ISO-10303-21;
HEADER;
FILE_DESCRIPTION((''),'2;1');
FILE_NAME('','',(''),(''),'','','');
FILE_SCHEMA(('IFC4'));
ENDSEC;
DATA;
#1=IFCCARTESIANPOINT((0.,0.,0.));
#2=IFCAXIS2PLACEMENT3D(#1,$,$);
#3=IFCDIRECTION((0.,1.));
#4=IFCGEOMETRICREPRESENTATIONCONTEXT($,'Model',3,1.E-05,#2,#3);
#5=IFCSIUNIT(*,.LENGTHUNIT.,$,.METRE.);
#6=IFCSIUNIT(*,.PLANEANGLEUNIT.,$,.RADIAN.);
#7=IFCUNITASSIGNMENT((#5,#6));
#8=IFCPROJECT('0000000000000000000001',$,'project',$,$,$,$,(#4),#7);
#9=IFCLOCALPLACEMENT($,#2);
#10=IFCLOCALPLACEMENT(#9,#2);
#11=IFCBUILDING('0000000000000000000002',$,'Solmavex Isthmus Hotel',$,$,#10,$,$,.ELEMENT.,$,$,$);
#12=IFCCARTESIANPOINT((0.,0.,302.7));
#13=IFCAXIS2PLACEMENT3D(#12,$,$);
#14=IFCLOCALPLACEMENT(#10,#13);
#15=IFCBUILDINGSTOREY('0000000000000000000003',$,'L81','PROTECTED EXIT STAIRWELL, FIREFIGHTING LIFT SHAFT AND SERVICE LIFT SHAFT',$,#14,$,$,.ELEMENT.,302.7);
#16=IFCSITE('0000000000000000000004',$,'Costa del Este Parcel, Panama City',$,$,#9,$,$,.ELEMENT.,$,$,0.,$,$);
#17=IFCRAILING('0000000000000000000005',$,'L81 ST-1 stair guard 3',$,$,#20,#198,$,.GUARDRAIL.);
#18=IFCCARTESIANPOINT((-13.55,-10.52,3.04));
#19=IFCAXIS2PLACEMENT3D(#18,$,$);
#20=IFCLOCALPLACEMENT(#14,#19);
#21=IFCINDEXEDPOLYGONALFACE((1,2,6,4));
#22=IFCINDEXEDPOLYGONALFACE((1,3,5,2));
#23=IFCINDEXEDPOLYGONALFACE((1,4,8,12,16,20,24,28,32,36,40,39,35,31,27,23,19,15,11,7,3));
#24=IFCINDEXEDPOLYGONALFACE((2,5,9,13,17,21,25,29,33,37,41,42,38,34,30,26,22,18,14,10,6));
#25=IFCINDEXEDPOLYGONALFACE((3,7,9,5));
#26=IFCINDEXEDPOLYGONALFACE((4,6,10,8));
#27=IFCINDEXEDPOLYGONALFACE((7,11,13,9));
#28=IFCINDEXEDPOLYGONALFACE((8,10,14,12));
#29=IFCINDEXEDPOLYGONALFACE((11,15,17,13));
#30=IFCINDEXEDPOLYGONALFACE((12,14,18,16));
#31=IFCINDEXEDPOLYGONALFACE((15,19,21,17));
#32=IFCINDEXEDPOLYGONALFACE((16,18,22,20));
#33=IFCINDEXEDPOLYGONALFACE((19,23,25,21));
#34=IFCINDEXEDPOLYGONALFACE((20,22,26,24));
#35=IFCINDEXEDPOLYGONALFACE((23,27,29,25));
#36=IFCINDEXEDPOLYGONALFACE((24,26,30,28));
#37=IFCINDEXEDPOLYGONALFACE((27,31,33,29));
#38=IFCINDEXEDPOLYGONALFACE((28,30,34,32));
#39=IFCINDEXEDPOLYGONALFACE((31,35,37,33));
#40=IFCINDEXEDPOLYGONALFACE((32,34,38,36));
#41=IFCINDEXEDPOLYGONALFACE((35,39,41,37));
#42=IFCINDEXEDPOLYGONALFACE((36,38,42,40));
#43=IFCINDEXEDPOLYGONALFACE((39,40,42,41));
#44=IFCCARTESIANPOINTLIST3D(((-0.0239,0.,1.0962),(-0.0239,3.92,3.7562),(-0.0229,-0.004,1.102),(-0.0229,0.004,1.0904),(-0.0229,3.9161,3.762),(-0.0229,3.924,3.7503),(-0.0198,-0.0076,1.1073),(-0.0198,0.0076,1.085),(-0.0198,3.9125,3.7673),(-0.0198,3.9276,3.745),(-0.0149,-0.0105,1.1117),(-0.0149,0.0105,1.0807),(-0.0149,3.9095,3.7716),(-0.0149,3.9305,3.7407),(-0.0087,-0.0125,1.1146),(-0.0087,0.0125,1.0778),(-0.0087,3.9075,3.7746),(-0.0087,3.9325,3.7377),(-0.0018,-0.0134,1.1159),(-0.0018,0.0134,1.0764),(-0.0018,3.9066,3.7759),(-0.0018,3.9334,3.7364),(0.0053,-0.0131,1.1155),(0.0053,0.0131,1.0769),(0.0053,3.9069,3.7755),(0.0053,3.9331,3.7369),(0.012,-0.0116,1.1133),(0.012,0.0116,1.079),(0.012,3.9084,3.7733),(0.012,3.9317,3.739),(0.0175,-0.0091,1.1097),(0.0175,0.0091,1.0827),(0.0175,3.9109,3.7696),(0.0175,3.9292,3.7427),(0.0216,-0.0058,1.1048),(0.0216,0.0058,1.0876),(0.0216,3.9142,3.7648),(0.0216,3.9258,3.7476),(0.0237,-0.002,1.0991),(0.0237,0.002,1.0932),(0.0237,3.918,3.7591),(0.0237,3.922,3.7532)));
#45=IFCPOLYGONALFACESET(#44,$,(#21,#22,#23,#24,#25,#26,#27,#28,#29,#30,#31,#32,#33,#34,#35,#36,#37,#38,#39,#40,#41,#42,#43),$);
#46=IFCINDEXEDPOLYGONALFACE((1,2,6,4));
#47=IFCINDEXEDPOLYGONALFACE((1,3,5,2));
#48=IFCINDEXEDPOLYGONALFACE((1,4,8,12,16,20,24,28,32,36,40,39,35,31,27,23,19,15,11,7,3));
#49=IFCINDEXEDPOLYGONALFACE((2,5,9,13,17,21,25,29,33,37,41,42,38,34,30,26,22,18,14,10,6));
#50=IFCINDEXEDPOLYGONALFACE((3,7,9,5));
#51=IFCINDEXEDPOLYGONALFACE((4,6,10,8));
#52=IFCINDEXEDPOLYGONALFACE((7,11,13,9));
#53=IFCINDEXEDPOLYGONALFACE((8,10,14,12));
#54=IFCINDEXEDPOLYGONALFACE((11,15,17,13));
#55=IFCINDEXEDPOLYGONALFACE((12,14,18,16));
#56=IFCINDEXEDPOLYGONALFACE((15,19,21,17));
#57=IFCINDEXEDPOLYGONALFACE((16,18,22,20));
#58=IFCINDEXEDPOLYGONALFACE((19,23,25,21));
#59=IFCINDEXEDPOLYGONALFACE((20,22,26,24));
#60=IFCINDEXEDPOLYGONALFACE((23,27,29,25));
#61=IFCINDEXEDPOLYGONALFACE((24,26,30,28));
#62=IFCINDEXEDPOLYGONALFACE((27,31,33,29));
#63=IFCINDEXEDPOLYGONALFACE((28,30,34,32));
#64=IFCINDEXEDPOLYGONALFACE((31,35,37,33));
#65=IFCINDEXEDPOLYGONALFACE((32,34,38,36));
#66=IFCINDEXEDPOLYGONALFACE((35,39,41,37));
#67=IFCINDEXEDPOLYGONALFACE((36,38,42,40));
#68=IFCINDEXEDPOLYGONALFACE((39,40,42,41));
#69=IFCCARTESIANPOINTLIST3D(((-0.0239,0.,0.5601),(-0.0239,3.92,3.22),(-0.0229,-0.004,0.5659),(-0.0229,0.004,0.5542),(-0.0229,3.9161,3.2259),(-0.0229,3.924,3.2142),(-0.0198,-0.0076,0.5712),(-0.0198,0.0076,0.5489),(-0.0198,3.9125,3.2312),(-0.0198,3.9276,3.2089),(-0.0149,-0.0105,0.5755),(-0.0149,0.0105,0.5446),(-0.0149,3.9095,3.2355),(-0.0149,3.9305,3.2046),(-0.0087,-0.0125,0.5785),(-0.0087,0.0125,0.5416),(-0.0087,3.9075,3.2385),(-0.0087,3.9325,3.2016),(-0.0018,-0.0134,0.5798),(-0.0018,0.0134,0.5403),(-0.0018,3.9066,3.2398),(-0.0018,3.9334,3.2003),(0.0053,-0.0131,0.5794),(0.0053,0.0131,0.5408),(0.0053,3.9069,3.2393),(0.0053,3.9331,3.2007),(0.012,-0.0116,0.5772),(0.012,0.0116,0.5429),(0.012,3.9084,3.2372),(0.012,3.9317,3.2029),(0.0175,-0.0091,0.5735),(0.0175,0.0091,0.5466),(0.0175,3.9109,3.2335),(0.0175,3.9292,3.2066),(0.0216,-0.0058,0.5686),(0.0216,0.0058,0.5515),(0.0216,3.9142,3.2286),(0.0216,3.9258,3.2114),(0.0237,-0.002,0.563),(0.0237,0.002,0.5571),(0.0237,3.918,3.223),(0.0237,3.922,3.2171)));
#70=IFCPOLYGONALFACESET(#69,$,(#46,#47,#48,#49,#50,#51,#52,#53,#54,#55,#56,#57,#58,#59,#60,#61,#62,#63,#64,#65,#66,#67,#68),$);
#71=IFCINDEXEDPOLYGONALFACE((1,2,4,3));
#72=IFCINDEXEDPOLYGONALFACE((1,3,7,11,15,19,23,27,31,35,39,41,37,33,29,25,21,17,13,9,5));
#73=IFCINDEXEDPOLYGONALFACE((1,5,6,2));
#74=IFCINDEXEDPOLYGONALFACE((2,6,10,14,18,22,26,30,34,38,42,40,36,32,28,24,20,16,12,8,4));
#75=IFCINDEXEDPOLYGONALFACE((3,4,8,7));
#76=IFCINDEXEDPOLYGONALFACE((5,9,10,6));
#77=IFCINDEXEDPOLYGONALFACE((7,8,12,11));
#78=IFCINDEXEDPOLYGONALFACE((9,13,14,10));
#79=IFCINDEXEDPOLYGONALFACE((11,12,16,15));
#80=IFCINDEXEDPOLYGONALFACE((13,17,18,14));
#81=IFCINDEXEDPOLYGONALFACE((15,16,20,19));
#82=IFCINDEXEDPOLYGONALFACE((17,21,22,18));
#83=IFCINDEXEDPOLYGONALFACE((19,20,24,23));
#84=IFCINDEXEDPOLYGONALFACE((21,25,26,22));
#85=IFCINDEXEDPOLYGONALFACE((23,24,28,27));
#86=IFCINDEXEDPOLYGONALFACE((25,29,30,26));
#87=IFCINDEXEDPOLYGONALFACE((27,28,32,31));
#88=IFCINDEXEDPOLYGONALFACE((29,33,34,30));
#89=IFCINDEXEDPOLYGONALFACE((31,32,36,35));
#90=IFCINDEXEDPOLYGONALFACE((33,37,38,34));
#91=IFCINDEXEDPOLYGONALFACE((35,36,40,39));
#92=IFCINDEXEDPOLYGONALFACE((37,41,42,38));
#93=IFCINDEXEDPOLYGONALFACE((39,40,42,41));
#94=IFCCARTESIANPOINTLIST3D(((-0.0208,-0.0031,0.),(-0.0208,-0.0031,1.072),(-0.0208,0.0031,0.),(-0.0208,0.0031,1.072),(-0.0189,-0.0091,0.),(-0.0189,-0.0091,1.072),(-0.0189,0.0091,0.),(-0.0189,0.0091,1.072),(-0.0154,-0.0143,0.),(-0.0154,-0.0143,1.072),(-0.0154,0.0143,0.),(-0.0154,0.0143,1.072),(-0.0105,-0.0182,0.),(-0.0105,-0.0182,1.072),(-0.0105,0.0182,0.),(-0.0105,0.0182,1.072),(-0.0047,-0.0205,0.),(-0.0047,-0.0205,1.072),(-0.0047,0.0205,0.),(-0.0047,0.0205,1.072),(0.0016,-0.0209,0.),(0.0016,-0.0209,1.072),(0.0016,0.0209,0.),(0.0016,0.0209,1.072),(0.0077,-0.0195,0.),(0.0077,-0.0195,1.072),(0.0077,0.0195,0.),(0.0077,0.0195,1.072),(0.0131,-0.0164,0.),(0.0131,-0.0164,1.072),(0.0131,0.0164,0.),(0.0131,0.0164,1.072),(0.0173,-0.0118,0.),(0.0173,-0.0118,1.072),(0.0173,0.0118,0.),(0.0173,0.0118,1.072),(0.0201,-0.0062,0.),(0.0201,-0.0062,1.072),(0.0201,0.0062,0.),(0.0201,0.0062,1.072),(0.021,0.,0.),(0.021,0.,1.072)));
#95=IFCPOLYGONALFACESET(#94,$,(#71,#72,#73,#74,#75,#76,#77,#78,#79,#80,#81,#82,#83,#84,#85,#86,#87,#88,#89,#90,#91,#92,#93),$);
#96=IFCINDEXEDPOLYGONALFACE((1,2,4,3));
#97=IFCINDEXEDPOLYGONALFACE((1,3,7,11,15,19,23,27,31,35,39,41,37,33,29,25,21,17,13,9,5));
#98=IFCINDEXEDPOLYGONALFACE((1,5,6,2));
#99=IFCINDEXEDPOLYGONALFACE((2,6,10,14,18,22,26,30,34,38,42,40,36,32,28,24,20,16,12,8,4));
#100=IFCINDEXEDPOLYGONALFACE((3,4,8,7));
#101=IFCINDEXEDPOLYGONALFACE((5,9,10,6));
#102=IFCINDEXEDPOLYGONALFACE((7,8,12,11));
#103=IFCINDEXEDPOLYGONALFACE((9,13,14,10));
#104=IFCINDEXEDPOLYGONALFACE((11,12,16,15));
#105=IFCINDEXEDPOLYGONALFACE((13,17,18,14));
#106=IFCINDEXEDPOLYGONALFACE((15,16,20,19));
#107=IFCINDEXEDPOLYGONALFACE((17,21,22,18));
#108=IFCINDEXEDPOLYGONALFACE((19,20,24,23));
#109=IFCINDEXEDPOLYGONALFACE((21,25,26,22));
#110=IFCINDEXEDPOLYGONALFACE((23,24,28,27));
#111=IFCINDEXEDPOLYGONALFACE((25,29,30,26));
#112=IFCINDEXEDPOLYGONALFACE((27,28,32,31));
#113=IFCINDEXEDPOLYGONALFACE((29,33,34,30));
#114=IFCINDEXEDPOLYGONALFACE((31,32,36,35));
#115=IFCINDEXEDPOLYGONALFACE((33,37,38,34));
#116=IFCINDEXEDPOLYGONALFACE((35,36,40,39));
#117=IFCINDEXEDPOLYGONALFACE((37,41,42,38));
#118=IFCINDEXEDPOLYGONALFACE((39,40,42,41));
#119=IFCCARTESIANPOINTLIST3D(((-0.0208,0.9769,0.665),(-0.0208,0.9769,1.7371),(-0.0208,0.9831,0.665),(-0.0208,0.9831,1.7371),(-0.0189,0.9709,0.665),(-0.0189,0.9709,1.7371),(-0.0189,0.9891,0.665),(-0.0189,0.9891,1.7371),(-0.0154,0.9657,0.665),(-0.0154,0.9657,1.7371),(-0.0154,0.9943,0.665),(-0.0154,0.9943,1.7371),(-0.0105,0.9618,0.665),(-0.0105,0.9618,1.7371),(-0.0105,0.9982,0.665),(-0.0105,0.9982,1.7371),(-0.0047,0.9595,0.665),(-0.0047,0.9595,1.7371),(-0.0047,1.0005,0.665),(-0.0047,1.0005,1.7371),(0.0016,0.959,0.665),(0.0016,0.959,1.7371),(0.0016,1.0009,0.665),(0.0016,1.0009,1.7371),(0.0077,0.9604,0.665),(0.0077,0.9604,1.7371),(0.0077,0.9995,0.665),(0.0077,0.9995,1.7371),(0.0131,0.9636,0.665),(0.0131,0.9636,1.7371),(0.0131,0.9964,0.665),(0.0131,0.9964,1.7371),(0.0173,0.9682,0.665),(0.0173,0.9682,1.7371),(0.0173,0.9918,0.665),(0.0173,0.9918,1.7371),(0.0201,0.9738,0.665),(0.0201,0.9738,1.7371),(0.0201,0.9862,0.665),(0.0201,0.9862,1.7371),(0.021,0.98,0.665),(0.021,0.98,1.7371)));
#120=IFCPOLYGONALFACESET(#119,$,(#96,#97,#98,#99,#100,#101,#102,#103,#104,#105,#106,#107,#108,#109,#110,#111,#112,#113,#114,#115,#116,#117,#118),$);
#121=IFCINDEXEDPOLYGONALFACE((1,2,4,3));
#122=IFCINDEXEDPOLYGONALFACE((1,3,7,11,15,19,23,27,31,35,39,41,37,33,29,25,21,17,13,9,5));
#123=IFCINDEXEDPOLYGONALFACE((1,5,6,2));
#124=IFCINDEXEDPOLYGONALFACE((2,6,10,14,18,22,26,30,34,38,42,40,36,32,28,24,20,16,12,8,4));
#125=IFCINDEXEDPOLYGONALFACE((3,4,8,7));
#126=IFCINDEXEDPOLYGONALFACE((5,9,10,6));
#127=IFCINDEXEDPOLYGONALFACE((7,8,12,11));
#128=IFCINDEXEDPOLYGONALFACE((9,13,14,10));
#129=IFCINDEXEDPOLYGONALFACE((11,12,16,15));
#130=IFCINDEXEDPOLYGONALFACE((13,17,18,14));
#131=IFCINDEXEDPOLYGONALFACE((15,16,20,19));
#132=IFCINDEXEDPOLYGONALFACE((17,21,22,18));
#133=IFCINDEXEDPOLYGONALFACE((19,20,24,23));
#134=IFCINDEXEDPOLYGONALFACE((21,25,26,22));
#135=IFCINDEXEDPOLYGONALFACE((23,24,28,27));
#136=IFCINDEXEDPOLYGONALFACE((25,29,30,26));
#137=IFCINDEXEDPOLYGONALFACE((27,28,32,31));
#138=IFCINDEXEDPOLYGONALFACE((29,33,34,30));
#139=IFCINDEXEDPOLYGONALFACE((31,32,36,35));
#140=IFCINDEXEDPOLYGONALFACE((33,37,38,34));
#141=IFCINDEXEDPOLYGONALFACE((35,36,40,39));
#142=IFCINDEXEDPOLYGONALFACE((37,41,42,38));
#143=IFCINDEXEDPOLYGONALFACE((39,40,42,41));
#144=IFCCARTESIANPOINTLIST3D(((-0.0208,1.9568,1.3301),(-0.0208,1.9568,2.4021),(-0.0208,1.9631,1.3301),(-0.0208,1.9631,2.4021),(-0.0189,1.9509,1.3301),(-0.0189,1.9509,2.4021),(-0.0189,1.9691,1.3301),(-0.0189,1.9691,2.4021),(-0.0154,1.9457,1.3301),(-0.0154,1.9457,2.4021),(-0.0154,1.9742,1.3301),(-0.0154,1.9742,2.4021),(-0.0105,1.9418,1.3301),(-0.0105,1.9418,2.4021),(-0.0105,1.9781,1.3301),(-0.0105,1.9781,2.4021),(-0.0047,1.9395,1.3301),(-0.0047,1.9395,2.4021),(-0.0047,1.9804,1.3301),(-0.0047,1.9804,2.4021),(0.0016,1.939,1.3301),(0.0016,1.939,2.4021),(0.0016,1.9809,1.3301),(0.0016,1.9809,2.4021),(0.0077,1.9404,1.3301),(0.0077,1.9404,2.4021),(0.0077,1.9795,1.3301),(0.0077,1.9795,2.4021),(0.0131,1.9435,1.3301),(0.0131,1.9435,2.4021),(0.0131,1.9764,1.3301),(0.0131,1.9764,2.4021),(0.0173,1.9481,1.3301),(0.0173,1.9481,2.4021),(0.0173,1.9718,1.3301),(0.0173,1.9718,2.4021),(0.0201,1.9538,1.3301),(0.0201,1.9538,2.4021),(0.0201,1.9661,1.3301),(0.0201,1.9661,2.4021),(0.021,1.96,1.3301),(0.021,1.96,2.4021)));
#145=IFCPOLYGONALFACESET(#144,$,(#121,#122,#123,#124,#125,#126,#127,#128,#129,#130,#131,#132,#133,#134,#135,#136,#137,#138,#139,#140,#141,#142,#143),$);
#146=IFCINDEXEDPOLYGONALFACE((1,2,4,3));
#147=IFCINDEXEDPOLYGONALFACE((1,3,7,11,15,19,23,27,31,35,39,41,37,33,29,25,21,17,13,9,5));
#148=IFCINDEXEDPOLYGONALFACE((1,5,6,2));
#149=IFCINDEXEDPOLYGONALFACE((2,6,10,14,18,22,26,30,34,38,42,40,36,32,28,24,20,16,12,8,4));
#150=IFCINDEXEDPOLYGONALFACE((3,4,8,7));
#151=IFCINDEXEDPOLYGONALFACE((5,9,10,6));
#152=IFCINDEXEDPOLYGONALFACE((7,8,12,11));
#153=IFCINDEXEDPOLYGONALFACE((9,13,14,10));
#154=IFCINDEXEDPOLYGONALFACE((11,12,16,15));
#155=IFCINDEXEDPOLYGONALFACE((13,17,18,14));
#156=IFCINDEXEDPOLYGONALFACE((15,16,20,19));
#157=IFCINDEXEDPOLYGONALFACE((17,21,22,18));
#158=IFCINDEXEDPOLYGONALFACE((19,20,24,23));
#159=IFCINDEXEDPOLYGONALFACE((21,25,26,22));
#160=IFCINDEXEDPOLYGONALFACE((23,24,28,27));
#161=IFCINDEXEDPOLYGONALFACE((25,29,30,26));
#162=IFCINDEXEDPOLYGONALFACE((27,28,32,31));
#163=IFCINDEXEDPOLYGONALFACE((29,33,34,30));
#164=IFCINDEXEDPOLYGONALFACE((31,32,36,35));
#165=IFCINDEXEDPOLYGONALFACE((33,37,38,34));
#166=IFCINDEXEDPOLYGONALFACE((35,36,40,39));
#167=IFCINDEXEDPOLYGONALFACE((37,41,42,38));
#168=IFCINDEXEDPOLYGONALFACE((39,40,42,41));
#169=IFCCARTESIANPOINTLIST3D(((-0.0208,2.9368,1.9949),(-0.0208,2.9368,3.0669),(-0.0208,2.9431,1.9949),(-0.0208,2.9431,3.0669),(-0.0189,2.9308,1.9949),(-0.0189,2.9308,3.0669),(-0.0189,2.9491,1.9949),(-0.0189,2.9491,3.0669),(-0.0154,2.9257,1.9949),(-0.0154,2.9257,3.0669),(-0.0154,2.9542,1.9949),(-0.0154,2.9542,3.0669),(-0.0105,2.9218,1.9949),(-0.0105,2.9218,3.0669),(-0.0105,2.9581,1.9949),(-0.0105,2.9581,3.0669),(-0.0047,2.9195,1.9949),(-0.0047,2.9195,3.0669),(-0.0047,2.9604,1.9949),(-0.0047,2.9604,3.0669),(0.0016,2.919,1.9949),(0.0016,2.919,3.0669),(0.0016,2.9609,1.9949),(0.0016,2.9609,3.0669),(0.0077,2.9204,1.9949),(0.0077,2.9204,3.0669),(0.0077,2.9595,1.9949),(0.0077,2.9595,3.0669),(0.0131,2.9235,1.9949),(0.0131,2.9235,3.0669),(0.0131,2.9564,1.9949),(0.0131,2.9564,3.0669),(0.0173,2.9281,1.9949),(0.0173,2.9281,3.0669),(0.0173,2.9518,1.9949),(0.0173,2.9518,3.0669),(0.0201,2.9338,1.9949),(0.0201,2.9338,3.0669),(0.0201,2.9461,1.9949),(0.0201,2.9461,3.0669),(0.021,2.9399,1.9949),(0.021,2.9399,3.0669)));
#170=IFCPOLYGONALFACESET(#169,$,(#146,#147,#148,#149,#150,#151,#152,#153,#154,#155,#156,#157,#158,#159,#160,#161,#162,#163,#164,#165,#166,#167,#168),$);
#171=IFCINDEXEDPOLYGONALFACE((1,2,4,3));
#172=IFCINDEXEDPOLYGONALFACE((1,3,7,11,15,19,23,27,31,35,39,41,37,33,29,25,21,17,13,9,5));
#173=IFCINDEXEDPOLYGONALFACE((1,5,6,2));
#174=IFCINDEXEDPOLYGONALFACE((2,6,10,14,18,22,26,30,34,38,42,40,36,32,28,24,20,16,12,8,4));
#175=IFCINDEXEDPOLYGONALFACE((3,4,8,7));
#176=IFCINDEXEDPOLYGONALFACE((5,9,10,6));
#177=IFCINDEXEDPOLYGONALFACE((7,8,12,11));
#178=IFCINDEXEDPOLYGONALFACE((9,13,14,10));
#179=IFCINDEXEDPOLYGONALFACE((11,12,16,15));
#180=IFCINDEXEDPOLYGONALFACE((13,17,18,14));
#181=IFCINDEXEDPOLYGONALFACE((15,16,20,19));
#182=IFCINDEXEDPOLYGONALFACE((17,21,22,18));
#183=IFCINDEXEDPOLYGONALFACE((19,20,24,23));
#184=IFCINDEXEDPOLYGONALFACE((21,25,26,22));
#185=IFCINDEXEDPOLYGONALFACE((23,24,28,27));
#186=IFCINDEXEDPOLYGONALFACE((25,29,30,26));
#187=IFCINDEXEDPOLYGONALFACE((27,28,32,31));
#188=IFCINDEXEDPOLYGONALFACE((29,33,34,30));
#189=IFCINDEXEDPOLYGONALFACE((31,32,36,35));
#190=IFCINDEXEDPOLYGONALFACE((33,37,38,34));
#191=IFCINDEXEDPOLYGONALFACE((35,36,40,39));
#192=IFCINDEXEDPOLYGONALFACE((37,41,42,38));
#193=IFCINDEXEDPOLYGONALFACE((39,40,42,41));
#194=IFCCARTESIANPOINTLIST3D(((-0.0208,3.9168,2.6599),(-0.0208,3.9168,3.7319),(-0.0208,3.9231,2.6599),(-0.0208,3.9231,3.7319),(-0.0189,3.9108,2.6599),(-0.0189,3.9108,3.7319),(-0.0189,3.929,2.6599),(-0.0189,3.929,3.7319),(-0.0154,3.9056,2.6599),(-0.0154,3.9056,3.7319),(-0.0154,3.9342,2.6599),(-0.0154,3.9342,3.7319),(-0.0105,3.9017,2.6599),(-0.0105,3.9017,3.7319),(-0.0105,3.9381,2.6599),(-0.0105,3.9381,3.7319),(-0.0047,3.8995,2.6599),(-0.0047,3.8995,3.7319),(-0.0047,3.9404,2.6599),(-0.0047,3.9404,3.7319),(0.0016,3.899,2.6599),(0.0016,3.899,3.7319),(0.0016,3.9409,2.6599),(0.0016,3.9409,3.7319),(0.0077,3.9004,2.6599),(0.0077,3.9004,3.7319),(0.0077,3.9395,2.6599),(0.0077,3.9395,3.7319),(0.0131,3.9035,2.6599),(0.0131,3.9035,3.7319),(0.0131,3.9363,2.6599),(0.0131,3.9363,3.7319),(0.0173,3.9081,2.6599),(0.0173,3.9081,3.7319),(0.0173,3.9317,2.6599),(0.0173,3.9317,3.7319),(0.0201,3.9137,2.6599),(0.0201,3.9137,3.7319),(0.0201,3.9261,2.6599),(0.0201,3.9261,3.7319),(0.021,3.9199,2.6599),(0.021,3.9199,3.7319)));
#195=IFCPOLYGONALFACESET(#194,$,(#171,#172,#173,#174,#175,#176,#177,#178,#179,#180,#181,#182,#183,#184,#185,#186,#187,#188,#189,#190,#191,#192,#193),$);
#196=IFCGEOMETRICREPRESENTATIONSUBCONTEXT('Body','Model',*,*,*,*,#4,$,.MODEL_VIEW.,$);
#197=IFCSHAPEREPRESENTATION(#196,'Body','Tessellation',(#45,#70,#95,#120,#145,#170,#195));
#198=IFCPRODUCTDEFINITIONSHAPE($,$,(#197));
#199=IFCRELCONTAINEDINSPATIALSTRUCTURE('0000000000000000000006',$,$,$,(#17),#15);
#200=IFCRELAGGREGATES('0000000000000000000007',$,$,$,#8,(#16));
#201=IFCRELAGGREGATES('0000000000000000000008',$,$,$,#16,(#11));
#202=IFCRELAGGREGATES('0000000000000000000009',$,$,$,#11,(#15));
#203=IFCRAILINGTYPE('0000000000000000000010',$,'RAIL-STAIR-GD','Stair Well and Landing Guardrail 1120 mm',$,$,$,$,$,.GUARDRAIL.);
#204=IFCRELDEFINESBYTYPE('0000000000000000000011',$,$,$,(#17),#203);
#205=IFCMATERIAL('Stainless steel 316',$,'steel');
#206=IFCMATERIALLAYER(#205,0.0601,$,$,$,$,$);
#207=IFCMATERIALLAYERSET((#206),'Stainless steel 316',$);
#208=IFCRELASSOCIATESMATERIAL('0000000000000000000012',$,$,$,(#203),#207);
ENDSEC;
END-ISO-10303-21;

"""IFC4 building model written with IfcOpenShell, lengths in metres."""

from ifc_helpers import new_model, si_unit, direction, frame, origin, origin_2d, place, context, subcontext, project, spatial, circle, extrude, material, layer, layer_set, type_object, element, save


model = new_model("IFC4")

# Units and contexts
model_context = context("Model", 3, precision=1e-05, world=origin(), true_north=direction((0.0, 1.0)))
body_context = subcontext(model_context, "Body", "Model", "MODEL_VIEW")
ifc_project = project(units=[si_unit("LENGTHUNIT", "METRE"), si_unit("PLANEANGLEUNIT", "RADIAN")], contexts=[model_context])

# Site, building, storey
site_placement = place(None, origin())
site = spatial("IfcSite", under=ifc_project, at=site_placement, Name="Costa del Este Parcel, Panama City", CompositionType="ELEMENT", RefElevation=0.0)
building_placement = place(site_placement, origin())
building = spatial("IfcBuilding", under=site, at=building_placement, Name="Solmavex Isthmus Hotel", CompositionType="ELEMENT")
storey_placement = place(building_placement, frame((0.0, 0.0, 302.7)))
storey = spatial("IfcBuildingStorey", under=building, at=storey_placement, Name="L81", Description="PROTECTED EXIT STAIRWELL, FIREFIGHTING LIFT SHAFT AND SERVICE LIFT SHAFT", CompositionType="ELEMENT", Elevation=302.7)

# Shared definitions
ifc_material_1 = material(Name="Stainless steel 316", Category="steel")

# Railing
ifc_layer_1 = layer(ifc_material_1, 0.0601)
ifc_layer_set_1 = layer_set([ifc_layer_1], Name="Stainless steel 316")
railing_type_1 = type_object("IfcRailingType", Name="RAIL-STAIR-GD", Description="Stair Well and Landing Guardrail 1120 mm", PredefinedType="GUARDRAIL", material=ifc_layer_set_1)
railing_1_placement = place(storey_placement, frame((-13.55, -10.52, 3.04)))
element("IfcRailing", 1, at=railing_1_placement, inside=storey, type_object=railing_type_1, Name="L81 ST-1 stair guard 3", PredefinedType="GUARDRAIL", context=body_context, shape_type="SweptSolid", body=[
    extrude(circle(Radius=0.0239, at=origin_2d()), frame((0.0, 0.0, 1.0962), z_axis=(0.0, 0.827479, 0.561496), x_axis=(-1.0, 0.0, 0.0)), (0.0, 0.0, 1.0), 4.7373),
    extrude(circle(Radius=0.0239, at=origin_2d()), frame((0.0, 0.0, 0.5601), z_axis=(0.0, 0.827479, 0.561496), x_axis=(-1.0, 0.0, 0.0)), (0.0, 0.0, 1.0), 4.7373),
    extrude(circle(Radius=0.021, at=origin_2d()), origin(), (0.0, 0.0, 1.0), 1.072),
    extrude(circle(Radius=0.021, at=origin_2d()), frame((0.0, 0.98, 0.665)), (0.0, 0.0, 1.0), 1.072),
    extrude(circle(Radius=0.021, at=origin_2d()), frame((0.0, 1.96, 1.3301)), (0.0, 0.0, 1.0), 1.072),
    extrude(circle(Radius=0.021, at=origin_2d()), frame((0.0, 2.9399, 1.9949)), (0.0, 0.0, 1.0), 1.072),
    extrude(circle(Radius=0.021, at=origin_2d()), frame((0.0, 3.9199, 2.6599)), (0.0, 0.0, 1.0), 1.072),
])

save(model, "model.ifc")
